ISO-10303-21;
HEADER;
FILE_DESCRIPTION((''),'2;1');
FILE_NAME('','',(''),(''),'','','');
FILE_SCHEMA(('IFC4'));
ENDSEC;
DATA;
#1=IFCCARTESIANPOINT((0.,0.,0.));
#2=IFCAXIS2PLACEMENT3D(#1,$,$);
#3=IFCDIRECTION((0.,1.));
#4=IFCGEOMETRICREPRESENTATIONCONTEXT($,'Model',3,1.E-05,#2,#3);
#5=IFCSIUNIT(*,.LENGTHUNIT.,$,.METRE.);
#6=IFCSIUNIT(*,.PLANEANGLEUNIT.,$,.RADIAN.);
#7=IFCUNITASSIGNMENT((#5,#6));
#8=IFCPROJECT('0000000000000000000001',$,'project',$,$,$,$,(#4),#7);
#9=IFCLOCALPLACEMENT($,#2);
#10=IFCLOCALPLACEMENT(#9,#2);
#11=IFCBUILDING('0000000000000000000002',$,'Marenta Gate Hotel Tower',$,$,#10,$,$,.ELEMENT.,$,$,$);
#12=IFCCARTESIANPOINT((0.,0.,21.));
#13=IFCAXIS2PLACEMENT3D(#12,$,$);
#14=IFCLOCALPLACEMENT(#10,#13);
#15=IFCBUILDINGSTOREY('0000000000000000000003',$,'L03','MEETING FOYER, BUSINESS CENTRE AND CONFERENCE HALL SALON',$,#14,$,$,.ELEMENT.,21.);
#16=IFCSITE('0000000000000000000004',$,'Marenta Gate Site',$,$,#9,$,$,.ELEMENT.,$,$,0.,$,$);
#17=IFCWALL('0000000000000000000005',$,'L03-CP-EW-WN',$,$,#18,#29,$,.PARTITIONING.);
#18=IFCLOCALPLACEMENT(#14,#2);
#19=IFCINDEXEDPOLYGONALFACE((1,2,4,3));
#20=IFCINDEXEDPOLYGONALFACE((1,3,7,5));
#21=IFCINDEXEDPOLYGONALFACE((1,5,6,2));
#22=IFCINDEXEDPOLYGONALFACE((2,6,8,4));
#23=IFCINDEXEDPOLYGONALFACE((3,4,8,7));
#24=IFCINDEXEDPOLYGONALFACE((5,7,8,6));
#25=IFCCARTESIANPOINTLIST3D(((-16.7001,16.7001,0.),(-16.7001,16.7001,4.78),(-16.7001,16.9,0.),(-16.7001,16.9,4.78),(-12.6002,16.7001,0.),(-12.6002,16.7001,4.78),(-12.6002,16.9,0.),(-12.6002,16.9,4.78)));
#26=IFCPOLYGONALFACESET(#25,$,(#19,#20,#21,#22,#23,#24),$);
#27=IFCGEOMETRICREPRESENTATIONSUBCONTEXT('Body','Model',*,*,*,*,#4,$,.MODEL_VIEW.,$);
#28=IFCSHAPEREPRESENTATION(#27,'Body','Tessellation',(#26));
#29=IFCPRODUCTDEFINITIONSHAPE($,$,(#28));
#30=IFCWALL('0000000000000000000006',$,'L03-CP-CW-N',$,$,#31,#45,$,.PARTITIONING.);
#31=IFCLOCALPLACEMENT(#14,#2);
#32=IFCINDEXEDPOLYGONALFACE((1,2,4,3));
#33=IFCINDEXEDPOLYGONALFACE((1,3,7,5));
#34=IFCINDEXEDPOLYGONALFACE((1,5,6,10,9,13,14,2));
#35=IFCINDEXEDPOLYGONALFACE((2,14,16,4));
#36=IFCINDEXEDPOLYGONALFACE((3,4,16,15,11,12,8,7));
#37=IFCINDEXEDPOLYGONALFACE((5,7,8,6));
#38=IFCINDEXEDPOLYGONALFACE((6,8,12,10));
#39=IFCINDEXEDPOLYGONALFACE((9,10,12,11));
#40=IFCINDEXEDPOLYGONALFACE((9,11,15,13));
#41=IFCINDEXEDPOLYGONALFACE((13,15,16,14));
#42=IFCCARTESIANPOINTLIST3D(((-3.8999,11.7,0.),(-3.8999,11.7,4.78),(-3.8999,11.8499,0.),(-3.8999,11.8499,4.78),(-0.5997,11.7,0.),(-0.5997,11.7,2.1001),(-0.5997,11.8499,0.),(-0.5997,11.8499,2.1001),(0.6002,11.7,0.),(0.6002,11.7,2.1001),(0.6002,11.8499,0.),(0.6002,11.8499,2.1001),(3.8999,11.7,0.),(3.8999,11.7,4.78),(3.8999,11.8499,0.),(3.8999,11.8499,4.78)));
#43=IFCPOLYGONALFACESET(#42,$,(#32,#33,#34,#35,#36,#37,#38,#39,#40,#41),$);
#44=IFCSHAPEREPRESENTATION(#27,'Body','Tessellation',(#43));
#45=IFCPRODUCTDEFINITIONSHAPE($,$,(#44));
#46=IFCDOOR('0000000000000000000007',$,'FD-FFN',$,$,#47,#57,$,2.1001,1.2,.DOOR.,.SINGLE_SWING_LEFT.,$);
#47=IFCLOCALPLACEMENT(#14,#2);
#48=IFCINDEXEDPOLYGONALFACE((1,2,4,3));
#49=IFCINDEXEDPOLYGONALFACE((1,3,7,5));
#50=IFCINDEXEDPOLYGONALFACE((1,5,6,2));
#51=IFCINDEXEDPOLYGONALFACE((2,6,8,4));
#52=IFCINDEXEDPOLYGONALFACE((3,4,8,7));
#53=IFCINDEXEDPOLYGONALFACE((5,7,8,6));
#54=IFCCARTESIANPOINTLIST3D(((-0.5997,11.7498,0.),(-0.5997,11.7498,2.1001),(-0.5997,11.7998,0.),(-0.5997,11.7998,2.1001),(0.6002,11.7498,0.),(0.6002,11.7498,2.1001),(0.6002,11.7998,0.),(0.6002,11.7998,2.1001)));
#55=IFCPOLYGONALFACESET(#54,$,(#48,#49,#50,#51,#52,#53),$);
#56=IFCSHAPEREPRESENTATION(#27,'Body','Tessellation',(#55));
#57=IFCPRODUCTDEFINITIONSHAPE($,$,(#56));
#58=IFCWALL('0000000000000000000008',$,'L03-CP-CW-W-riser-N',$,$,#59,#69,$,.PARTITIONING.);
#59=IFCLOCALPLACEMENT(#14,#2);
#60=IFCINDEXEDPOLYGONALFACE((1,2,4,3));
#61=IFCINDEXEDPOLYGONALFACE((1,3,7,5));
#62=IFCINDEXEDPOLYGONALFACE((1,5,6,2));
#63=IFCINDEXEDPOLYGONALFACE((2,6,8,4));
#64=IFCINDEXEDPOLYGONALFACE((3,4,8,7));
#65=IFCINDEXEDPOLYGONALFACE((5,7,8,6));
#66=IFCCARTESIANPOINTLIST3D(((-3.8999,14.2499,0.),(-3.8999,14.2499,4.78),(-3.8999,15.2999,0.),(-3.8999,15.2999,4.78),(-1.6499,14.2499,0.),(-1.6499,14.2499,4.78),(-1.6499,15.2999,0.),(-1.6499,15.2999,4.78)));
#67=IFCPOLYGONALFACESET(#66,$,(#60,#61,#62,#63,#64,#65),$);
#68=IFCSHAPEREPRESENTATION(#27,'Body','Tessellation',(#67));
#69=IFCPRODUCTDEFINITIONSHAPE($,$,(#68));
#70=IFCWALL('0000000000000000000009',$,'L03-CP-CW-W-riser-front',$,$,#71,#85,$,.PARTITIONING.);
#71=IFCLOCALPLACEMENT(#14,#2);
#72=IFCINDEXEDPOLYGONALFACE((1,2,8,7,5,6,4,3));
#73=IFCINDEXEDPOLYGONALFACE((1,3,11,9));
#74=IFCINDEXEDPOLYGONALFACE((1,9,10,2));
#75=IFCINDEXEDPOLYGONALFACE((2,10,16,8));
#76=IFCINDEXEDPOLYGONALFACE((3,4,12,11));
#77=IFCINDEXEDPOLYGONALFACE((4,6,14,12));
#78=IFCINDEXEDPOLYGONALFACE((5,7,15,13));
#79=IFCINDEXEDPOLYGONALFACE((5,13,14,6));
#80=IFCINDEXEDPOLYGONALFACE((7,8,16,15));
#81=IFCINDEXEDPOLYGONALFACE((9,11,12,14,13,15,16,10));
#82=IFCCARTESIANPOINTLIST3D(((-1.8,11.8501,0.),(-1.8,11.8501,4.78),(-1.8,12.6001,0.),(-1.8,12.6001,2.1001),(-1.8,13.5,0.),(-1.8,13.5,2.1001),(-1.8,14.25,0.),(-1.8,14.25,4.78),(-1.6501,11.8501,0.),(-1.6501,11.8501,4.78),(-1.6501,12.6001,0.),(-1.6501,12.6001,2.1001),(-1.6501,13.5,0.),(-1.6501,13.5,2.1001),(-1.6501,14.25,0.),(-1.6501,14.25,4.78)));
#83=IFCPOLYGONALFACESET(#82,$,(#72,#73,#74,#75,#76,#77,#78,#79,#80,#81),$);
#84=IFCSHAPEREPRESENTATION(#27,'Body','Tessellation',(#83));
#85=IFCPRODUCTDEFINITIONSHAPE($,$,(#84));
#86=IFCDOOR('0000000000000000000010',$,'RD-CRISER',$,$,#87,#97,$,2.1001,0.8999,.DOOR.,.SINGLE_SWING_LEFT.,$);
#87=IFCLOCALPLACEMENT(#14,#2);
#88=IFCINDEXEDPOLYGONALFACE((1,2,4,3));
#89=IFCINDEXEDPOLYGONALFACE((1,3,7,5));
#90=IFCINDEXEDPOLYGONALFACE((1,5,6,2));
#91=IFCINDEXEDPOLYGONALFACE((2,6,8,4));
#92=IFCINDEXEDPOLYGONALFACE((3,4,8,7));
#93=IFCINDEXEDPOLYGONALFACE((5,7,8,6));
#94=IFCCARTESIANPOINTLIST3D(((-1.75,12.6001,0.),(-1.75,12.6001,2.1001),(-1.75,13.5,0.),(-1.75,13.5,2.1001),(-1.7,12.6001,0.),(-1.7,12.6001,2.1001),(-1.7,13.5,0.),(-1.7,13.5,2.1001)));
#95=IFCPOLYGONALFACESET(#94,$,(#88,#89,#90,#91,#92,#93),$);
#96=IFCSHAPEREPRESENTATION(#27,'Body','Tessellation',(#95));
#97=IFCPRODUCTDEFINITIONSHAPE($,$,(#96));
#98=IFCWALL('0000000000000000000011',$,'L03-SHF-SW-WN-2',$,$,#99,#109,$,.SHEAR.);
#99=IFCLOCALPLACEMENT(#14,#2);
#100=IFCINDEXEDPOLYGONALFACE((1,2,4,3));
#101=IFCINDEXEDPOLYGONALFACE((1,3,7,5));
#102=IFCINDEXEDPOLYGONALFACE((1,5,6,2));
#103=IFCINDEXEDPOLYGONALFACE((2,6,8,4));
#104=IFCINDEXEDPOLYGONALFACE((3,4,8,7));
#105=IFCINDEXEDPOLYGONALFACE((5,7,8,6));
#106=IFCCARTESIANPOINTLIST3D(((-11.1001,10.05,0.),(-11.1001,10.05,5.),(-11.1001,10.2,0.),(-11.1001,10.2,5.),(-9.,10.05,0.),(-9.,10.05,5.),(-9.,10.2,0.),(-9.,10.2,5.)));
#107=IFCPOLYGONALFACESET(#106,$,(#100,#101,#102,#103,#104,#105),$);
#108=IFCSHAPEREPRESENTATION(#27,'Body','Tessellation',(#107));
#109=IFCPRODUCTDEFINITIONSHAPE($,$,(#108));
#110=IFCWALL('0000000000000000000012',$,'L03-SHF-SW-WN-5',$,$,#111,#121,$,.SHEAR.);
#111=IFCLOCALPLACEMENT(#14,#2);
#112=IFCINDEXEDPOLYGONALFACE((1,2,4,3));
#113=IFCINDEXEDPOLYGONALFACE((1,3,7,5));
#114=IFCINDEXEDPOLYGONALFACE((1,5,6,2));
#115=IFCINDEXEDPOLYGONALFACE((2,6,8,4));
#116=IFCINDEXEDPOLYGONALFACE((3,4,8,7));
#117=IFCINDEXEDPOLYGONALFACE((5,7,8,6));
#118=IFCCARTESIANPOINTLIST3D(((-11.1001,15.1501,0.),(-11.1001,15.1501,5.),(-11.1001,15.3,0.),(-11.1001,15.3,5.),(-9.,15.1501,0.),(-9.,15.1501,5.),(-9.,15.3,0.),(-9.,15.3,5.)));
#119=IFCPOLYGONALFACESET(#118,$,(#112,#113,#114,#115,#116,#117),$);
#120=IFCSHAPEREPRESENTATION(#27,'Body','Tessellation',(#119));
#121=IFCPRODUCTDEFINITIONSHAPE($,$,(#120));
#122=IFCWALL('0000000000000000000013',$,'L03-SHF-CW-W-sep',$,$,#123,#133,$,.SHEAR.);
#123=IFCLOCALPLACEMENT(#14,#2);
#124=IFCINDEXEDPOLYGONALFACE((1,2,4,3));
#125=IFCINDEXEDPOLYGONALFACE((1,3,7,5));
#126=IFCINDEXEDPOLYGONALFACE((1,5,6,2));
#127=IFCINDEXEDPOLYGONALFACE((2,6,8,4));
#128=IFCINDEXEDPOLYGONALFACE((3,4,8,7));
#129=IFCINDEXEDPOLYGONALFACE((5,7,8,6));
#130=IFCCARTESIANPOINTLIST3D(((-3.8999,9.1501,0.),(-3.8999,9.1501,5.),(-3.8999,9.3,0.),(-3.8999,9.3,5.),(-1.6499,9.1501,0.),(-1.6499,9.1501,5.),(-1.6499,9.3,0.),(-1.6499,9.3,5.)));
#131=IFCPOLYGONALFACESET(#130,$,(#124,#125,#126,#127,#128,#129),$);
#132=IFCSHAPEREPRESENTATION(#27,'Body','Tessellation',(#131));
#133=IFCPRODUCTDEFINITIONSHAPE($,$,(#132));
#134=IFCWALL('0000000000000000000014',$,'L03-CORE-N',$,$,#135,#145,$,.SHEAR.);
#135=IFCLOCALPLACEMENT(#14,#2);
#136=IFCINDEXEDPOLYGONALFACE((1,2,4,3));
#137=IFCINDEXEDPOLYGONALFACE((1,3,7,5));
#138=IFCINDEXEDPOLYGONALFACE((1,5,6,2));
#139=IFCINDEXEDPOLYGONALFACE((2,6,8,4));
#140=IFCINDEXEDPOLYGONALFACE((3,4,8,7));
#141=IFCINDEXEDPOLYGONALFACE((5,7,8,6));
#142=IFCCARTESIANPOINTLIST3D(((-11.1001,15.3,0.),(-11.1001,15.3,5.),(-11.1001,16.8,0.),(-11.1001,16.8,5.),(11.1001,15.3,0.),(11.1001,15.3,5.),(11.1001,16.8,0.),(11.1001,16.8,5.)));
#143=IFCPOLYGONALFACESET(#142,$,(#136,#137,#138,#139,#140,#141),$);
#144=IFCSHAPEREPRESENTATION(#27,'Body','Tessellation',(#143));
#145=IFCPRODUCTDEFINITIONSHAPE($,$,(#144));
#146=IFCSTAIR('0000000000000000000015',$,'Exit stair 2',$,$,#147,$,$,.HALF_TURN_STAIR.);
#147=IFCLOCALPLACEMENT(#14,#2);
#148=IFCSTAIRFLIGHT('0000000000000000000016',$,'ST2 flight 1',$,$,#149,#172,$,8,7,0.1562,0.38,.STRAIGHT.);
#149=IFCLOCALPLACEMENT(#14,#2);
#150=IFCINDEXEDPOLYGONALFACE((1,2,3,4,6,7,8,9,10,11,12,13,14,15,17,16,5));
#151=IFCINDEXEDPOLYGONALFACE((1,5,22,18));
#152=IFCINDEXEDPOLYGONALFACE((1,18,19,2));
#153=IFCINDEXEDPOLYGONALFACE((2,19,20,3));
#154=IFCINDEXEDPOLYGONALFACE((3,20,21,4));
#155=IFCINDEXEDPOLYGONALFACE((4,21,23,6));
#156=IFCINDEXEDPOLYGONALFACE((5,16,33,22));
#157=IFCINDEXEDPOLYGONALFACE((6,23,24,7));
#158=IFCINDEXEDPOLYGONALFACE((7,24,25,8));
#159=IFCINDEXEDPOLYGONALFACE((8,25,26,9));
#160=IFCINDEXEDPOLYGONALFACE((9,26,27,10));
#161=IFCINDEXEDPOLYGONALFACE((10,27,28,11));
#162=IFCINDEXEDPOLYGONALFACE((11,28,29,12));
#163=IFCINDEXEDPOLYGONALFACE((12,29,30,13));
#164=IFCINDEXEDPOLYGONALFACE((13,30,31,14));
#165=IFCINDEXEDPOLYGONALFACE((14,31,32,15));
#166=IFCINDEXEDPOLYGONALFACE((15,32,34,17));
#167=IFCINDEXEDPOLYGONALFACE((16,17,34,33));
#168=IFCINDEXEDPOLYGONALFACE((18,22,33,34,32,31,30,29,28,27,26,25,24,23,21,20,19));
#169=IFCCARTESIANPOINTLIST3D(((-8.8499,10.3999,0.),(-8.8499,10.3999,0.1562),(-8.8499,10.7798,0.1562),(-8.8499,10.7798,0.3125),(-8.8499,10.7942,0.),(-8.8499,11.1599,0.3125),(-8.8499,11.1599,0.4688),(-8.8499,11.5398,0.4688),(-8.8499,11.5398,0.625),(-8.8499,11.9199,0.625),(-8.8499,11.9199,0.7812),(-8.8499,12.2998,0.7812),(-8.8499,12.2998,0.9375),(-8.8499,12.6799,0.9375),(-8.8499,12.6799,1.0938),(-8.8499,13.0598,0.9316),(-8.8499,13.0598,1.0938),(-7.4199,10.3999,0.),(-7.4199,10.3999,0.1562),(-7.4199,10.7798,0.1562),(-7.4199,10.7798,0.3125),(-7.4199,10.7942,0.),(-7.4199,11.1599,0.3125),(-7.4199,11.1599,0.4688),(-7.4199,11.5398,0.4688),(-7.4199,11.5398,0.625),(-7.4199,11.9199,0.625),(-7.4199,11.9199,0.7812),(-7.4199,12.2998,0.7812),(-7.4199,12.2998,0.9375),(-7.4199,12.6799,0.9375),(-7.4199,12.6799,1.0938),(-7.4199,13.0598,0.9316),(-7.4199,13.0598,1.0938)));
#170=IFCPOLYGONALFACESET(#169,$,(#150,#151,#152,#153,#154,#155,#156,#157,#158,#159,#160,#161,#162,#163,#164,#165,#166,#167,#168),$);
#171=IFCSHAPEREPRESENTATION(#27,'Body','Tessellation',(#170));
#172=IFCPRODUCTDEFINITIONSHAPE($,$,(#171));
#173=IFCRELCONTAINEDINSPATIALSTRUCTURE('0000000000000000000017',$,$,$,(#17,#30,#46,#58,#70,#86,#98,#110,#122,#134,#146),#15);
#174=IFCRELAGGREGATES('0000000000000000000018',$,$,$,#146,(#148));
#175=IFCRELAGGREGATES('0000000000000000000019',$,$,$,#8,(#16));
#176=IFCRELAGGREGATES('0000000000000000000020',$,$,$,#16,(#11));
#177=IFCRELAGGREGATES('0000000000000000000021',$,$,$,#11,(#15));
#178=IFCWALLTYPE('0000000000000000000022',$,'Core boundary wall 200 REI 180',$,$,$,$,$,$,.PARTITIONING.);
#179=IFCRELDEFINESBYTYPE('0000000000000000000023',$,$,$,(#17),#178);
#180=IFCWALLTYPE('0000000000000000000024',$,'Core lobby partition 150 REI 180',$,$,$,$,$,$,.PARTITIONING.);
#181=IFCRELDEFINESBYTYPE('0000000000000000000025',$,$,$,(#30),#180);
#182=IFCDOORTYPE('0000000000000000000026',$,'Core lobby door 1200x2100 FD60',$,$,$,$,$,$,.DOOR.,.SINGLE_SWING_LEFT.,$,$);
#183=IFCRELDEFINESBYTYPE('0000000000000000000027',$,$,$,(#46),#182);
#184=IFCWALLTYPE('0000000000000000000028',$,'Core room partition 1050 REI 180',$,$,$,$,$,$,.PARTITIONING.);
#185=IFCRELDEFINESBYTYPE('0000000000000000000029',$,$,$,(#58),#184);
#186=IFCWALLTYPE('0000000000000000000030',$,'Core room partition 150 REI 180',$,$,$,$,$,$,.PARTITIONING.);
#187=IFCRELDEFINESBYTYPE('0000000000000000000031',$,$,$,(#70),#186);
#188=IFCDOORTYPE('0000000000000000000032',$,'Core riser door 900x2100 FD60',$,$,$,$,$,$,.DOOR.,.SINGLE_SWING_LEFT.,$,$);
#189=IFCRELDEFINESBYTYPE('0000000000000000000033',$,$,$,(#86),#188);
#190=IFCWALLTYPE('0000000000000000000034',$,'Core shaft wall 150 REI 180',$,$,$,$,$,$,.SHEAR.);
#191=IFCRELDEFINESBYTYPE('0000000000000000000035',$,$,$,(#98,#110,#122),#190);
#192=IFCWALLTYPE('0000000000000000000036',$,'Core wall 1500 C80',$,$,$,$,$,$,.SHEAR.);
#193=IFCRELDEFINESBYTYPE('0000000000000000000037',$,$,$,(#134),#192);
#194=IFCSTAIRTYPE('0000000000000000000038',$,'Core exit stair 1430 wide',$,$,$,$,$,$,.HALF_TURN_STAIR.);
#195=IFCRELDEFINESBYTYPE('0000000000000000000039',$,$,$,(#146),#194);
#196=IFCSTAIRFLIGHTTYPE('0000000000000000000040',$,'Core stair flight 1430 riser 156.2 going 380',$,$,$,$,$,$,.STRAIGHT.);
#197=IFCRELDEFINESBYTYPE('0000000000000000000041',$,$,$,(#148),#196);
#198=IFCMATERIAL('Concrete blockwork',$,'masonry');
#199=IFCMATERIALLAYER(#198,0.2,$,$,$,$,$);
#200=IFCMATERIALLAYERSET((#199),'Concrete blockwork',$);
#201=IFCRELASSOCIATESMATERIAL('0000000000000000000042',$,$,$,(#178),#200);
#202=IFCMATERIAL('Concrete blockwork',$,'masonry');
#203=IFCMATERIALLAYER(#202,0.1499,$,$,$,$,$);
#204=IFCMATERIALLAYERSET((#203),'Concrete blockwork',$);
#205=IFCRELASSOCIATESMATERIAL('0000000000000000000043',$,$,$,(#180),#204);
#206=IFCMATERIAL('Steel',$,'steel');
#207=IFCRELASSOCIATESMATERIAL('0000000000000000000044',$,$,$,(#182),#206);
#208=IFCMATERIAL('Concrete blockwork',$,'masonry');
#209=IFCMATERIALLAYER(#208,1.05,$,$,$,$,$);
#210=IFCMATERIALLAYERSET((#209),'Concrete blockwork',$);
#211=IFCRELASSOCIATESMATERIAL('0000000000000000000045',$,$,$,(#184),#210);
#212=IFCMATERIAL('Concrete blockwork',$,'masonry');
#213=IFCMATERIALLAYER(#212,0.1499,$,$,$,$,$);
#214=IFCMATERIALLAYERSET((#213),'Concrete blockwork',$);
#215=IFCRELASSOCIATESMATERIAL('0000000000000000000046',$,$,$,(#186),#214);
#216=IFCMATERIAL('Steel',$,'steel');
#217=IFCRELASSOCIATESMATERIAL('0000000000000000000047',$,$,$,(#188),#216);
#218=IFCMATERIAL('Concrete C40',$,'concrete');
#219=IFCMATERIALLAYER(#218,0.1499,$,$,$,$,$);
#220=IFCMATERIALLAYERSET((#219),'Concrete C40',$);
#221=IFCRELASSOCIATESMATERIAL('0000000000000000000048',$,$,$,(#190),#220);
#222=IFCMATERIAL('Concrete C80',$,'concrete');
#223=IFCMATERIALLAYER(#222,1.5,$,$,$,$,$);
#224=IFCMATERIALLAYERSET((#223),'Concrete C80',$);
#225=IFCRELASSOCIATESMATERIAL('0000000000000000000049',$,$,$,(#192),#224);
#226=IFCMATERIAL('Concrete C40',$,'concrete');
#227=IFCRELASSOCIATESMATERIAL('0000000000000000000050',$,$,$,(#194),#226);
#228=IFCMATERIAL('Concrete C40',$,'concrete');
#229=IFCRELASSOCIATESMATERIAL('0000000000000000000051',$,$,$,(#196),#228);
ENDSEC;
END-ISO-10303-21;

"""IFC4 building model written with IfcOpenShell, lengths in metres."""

from ifc_helpers import new_model, si_unit, direction, frame, frame_2d, origin, place, context, subcontext, project, spatial, polyline, rectangle, outline, extrude, material, layer, layer_set, type_object, element, fill, aggregate, save


model = new_model("IFC4")

# Units and contexts
model_context = context("Model", 3, precision=1e-05, world=origin(), true_north=direction((0.0, 1.0)))
body_context = subcontext(model_context, "Body", "Model", "MODEL_VIEW")
ifc_project = project(units=[si_unit("LENGTHUNIT", "METRE"), si_unit("PLANEANGLEUNIT", "RADIAN")], contexts=[model_context])

# Site, building, storey
site_placement = place(None, origin())
site = spatial("IfcSite", under=ifc_project, at=site_placement, Name="Marenta Gate Site", CompositionType="ELEMENT", RefElevation=0.0)
building_placement = place(site_placement, origin())
building = spatial("IfcBuilding", under=site, at=building_placement, Name="Marenta Gate Hotel Tower", CompositionType="ELEMENT")
storey_placement = place(building_placement, frame((0.0, 0.0, 21.0)))
storey = spatial("IfcBuildingStorey", under=building, at=storey_placement, Name="L03", Description="MEETING FOYER, BUSINESS CENTRE AND CONFERENCE HALL SALON", CompositionType="ELEMENT", Elevation=21.0)

# Wall
ifc_material_1 = material(Name="Concrete blockwork", Category="masonry")
ifc_layer_1 = layer(ifc_material_1, 0.2)
ifc_layer_set_1 = layer_set([ifc_layer_1], Name="Concrete blockwork")
wall_type_1 = type_object("IfcWallType", Name="Core boundary wall 200 REI 180", PredefinedType="PARTITIONING", material=ifc_layer_set_1)
wall_1_placement = place(storey_placement, frame((-16.7, 16.8, 0.0), z_axis=(0.0, 0.0, 1.0), x_axis=(1.0, 0.0, 0.0)))
element("IfcWall", 1, at=wall_1_placement, inside=storey, type_object=wall_type_1, Name="L03-CP-EW-WN", PredefinedType="PARTITIONING", context=body_context, shape_type="SweptSolid", body=[
    extrude(rectangle(XDim=4.0999, YDim=0.2, at=frame_2d((2.0498, 0.0))), origin(), (0.0, 0.0, 1.0), 4.78),
])

# Wall, opening, door
ifc_material_2 = material(Name="Concrete blockwork", Category="masonry")
ifc_layer_2 = layer(ifc_material_2, 0.1499)
ifc_layer_set_2 = layer_set([ifc_layer_2], Name="Concrete blockwork")
wall_type_2 = type_object("IfcWallType", Name="Core lobby partition 150 REI 180", PredefinedType="PARTITIONING", material=ifc_layer_set_2)
wall_2_placement = place(storey_placement, frame((-3.8999, 11.7749, 0.0), z_axis=(0.0, 0.0, 1.0), x_axis=(1.0, 0.0, 0.0)))
wall_2 = element("IfcWall", 2, at=wall_2_placement, inside=storey, type_object=wall_type_2, Name="L03-CP-CW-N", PredefinedType="PARTITIONING", context=body_context, shape_type="SweptSolid", body=[
    extrude(rectangle(XDim=7.7998, YDim=0.1499, at=frame_2d((3.8999, 0.0))), origin(), (0.0, 0.0, 1.0), 4.78),
])
opening_1_placement = place(wall_2_placement, frame((3.3, 0.0, 0.0)))
opening_1 = element("IfcOpeningElement", 3, at=opening_1_placement, cuts=wall_2, PredefinedType="OPENING", context=body_context, shape_type="SweptSolid", body=[
    extrude(rectangle(XDim=1.2, YDim=2.1001, at=frame_2d((0.6001, 1.05))), frame((0.0, 0.075, 0.0), z_axis=(0.0, -1.0, 0.0), x_axis=(1.0, 0.0, 0.0)), (0.0, 0.0, 1.0), 0.1499),
])
ifc_material_3 = material(Name="Steel", Category="steel")
door_type_1 = type_object("IfcDoorType", Name="Core lobby door 1200x2100 FD60", OperationType="SINGLE_SWING_LEFT", PredefinedType="DOOR", material=ifc_material_3)
door_1_placement = place(opening_1_placement, origin())
door_1 = element("IfcDoor", 4, at=door_1_placement, inside=storey, type_object=door_type_1, Name="FD-FFN", OperationType="SINGLE_SWING_LEFT", OverallHeight=2.1001, OverallWidth=1.2, PredefinedType="DOOR", context=body_context, shape_type="SweptSolid", body=[
    extrude(rectangle(XDim=1.2, YDim=2.1001, at=frame_2d((0.6001, 1.05))), frame((0.0, 0.0249, 0.0), z_axis=(0.0, -1.0, 0.0), x_axis=(1.0, 0.0, 0.0)), (0.0, 0.0, 1.0), 0.05),
])
fill(opening_1, door_1)

# Wall
ifc_material_4 = material(Name="Concrete blockwork", Category="masonry")
ifc_layer_3 = layer(ifc_material_4, 1.05)
ifc_layer_set_3 = layer_set([ifc_layer_3], Name="Concrete blockwork")
wall_type_3 = type_object("IfcWallType", Name="Core room partition 1050 REI 180", PredefinedType="PARTITIONING", material=ifc_layer_set_3)
wall_3_placement = place(storey_placement, frame((-3.8999, 14.7749, 0.0), z_axis=(0.0, 0.0, 1.0), x_axis=(1.0, 0.0, 0.0)))
element("IfcWall", 5, at=wall_3_placement, inside=storey, type_object=wall_type_3, Name="L03-CP-CW-W-riser-N", PredefinedType="PARTITIONING", context=body_context, shape_type="SweptSolid", body=[
    extrude(rectangle(XDim=2.25, YDim=1.05, at=frame_2d((1.125, 0.0))), origin(), (0.0, 0.0, 1.0), 4.78),
])

# Wall, opening, door
ifc_material_5 = material(Name="Concrete blockwork", Category="masonry")
ifc_layer_4 = layer(ifc_material_5, 0.1499)
ifc_layer_set_4 = layer_set([ifc_layer_4], Name="Concrete blockwork")
wall_type_4 = type_object("IfcWallType", Name="Core room partition 150 REI 180", PredefinedType="PARTITIONING", material=ifc_layer_set_4)
wall_4_placement = place(storey_placement, frame((-1.7251, 11.8501, 0.0), z_axis=(0.0, 0.0, 1.0), x_axis=(0.0, 1.0, 0.0)))
wall_4 = element("IfcWall", 6, at=wall_4_placement, inside=storey, type_object=wall_type_4, Name="L03-CP-CW-W-riser-front", PredefinedType="PARTITIONING", context=body_context, shape_type="SweptSolid", body=[
    extrude(rectangle(XDim=2.3999, YDim=0.1499, at=frame_2d((1.2, 0.0))), origin(), (0.0, 0.0, 1.0), 4.78),
])
opening_2_placement = place(wall_4_placement, frame((0.75, 0.0, 0.0)))
opening_2 = element("IfcOpeningElement", 7, at=opening_2_placement, cuts=wall_4, PredefinedType="OPENING", context=body_context, shape_type="SweptSolid", body=[
    extrude(rectangle(XDim=0.8999, YDim=2.1001, at=frame_2d((0.45, 1.05))), frame((0.0, 0.075, 0.0), z_axis=(0.0, -1.0, 0.0), x_axis=(1.0, 0.0, 0.0)), (0.0, 0.0, 1.0), 0.1499),
])
ifc_material_6 = material(Name="Steel", Category="steel")
door_type_2 = type_object("IfcDoorType", Name="Core riser door 900x2100 FD60", OperationType="SINGLE_SWING_LEFT", PredefinedType="DOOR", material=ifc_material_6)
door_2_placement = place(opening_2_placement, origin())
door_2 = element("IfcDoor", 8, at=door_2_placement, inside=storey, type_object=door_type_2, Name="RD-CRISER", OperationType="SINGLE_SWING_LEFT", OverallHeight=2.1001, OverallWidth=0.8999, PredefinedType="DOOR", context=body_context, shape_type="SweptSolid", body=[
    extrude(rectangle(XDim=0.8999, YDim=2.1001, at=frame_2d((0.45, 1.05))), frame((0.0, 0.0249, 0.0), z_axis=(0.0, -1.0, 0.0), x_axis=(1.0, 0.0, 0.0)), (0.0, 0.0, 1.0), 0.05),
])
fill(opening_2, door_2)

# Walls
ifc_material_7 = material(Name="Concrete C40", Category="concrete")
ifc_layer_5 = layer(ifc_material_7, 0.1499)
ifc_layer_set_5 = layer_set([ifc_layer_5], Name="Concrete C40")
wall_type_5 = type_object("IfcWallType", Name="Core shaft wall 150 REI 180", PredefinedType="SHEAR", material=ifc_layer_set_5)
for number, where, z_axis, x_axis, name in (
    (9, (-11.1001, 10.125, 0.0), (0.0, 0.0, 1.0), (1.0, 0.0, 0.0), "L03-SHF-SW-WN-2"),
    (10, (-11.1001, 15.2251, 0.0), (0.0, 0.0, 1.0), (1.0, 0.0, 0.0), "L03-SHF-SW-WN-5"),
):
    element("IfcWall", number, at=place(storey_placement, frame(where, z_axis=z_axis, x_axis=x_axis)), inside=storey, type_object=wall_type_5, Name=name, PredefinedType="SHEAR", context=body_context, shape_type="SweptSolid", body=[
        extrude(rectangle(XDim=2.1001, YDim=0.1499, at=frame_2d((1.05, 0.0))), origin(), (0.0, 0.0, 1.0), 5.0),
    ])
wall_5_placement = place(storey_placement, frame((-3.8999, 9.2251, 0.0), z_axis=(0.0, 0.0, 1.0), x_axis=(1.0, 0.0, 0.0)))
element("IfcWall", 11, at=wall_5_placement, inside=storey, type_object=wall_type_5, Name="L03-SHF-CW-W-sep", PredefinedType="SHEAR", context=body_context, shape_type="SweptSolid", body=[
    extrude(rectangle(XDim=2.25, YDim=0.1499, at=frame_2d((1.125, 0.0))), origin(), (0.0, 0.0, 1.0), 5.0),
])
ifc_material_8 = material(Name="Concrete C80", Category="concrete")
ifc_layer_6 = layer(ifc_material_8, 1.5)
ifc_layer_set_6 = layer_set([ifc_layer_6], Name="Concrete C80")
wall_type_6 = type_object("IfcWallType", Name="Core wall 1500 C80", PredefinedType="SHEAR", material=ifc_layer_set_6)
wall_6_placement = place(storey_placement, frame((-11.1001, 16.05, 0.0), z_axis=(0.0, 0.0, 1.0), x_axis=(1.0, 0.0, 0.0)))
element("IfcWall", 12, at=wall_6_placement, inside=storey, type_object=wall_type_6, Name="L03-CORE-N", PredefinedType="SHEAR", context=body_context, shape_type="SweptSolid", body=[
    extrude(rectangle(XDim=22.2002, YDim=1.5, at=frame_2d((11.1001, 0.0))), origin(), (0.0, 0.0, 1.0), 5.0),
])

# Stair, stair flight
ifc_material_9 = material(Name="Concrete C40", Category="concrete")
stair_type = type_object("IfcStairType", Name="Core exit stair 1430 wide", PredefinedType="HALF_TURN_STAIR", material=ifc_material_9)
stair_placement = place(storey_placement, origin())
stair = element("IfcStair", 13, at=stair_placement, inside=storey, type_object=stair_type, Name="Exit stair 2", PredefinedType="HALF_TURN_STAIR")
ifc_material_10 = material(Name="Concrete C40", Category="concrete")
stair_flight_type = type_object("IfcStairFlightType", Name="Core stair flight 1430 riser 156.2 going 380", PredefinedType="STRAIGHT", material=ifc_material_10)
stair_flight_1_placement = place(storey_placement, frame((-8.135, 10.3999, 0.0), z_axis=(0.0, 0.0, 1.0), x_axis=(0.0, 1.0, 0.0)))
stair_flight_1 = element("IfcStairFlight", 14, at=stair_flight_1_placement, type_object=stair_flight_type, Name="ST2 flight 1", NumberOfRisers=8, NumberOfTreads=7, PredefinedType="STRAIGHT", RiserHeight=0.1562, TreadLength=0.38, context=body_context, shape_type="SweptSolid", body=[
    extrude(outline(polyline([(0.0, 0.0), (0.0, 0.1562), (0.3799, 0.1562), (0.3799, 0.3125), (0.76, 0.3125), (0.76, 0.4688), (1.1399, 0.4688), (1.1399, 0.625), (1.52, 0.625), (1.52, 0.7812), (1.8999, 0.7812), (1.8999, 0.9375), (2.28, 0.9375), (2.28, 1.0938), (2.6599, 1.0938), (2.6599, 1.25), (2.6599, 0.9316), (0.3943, 0.0), (0.0, 0.0)])), frame((0.0, 0.7148, 0.0), z_axis=(0.0, -1.0, 0.0), x_axis=(1.0, 0.0, 0.0)), (0.0, 0.0, 1.0), 1.4299),
])
aggregate(stair, [stair_flight_1])

save(model, "model.ifc")
